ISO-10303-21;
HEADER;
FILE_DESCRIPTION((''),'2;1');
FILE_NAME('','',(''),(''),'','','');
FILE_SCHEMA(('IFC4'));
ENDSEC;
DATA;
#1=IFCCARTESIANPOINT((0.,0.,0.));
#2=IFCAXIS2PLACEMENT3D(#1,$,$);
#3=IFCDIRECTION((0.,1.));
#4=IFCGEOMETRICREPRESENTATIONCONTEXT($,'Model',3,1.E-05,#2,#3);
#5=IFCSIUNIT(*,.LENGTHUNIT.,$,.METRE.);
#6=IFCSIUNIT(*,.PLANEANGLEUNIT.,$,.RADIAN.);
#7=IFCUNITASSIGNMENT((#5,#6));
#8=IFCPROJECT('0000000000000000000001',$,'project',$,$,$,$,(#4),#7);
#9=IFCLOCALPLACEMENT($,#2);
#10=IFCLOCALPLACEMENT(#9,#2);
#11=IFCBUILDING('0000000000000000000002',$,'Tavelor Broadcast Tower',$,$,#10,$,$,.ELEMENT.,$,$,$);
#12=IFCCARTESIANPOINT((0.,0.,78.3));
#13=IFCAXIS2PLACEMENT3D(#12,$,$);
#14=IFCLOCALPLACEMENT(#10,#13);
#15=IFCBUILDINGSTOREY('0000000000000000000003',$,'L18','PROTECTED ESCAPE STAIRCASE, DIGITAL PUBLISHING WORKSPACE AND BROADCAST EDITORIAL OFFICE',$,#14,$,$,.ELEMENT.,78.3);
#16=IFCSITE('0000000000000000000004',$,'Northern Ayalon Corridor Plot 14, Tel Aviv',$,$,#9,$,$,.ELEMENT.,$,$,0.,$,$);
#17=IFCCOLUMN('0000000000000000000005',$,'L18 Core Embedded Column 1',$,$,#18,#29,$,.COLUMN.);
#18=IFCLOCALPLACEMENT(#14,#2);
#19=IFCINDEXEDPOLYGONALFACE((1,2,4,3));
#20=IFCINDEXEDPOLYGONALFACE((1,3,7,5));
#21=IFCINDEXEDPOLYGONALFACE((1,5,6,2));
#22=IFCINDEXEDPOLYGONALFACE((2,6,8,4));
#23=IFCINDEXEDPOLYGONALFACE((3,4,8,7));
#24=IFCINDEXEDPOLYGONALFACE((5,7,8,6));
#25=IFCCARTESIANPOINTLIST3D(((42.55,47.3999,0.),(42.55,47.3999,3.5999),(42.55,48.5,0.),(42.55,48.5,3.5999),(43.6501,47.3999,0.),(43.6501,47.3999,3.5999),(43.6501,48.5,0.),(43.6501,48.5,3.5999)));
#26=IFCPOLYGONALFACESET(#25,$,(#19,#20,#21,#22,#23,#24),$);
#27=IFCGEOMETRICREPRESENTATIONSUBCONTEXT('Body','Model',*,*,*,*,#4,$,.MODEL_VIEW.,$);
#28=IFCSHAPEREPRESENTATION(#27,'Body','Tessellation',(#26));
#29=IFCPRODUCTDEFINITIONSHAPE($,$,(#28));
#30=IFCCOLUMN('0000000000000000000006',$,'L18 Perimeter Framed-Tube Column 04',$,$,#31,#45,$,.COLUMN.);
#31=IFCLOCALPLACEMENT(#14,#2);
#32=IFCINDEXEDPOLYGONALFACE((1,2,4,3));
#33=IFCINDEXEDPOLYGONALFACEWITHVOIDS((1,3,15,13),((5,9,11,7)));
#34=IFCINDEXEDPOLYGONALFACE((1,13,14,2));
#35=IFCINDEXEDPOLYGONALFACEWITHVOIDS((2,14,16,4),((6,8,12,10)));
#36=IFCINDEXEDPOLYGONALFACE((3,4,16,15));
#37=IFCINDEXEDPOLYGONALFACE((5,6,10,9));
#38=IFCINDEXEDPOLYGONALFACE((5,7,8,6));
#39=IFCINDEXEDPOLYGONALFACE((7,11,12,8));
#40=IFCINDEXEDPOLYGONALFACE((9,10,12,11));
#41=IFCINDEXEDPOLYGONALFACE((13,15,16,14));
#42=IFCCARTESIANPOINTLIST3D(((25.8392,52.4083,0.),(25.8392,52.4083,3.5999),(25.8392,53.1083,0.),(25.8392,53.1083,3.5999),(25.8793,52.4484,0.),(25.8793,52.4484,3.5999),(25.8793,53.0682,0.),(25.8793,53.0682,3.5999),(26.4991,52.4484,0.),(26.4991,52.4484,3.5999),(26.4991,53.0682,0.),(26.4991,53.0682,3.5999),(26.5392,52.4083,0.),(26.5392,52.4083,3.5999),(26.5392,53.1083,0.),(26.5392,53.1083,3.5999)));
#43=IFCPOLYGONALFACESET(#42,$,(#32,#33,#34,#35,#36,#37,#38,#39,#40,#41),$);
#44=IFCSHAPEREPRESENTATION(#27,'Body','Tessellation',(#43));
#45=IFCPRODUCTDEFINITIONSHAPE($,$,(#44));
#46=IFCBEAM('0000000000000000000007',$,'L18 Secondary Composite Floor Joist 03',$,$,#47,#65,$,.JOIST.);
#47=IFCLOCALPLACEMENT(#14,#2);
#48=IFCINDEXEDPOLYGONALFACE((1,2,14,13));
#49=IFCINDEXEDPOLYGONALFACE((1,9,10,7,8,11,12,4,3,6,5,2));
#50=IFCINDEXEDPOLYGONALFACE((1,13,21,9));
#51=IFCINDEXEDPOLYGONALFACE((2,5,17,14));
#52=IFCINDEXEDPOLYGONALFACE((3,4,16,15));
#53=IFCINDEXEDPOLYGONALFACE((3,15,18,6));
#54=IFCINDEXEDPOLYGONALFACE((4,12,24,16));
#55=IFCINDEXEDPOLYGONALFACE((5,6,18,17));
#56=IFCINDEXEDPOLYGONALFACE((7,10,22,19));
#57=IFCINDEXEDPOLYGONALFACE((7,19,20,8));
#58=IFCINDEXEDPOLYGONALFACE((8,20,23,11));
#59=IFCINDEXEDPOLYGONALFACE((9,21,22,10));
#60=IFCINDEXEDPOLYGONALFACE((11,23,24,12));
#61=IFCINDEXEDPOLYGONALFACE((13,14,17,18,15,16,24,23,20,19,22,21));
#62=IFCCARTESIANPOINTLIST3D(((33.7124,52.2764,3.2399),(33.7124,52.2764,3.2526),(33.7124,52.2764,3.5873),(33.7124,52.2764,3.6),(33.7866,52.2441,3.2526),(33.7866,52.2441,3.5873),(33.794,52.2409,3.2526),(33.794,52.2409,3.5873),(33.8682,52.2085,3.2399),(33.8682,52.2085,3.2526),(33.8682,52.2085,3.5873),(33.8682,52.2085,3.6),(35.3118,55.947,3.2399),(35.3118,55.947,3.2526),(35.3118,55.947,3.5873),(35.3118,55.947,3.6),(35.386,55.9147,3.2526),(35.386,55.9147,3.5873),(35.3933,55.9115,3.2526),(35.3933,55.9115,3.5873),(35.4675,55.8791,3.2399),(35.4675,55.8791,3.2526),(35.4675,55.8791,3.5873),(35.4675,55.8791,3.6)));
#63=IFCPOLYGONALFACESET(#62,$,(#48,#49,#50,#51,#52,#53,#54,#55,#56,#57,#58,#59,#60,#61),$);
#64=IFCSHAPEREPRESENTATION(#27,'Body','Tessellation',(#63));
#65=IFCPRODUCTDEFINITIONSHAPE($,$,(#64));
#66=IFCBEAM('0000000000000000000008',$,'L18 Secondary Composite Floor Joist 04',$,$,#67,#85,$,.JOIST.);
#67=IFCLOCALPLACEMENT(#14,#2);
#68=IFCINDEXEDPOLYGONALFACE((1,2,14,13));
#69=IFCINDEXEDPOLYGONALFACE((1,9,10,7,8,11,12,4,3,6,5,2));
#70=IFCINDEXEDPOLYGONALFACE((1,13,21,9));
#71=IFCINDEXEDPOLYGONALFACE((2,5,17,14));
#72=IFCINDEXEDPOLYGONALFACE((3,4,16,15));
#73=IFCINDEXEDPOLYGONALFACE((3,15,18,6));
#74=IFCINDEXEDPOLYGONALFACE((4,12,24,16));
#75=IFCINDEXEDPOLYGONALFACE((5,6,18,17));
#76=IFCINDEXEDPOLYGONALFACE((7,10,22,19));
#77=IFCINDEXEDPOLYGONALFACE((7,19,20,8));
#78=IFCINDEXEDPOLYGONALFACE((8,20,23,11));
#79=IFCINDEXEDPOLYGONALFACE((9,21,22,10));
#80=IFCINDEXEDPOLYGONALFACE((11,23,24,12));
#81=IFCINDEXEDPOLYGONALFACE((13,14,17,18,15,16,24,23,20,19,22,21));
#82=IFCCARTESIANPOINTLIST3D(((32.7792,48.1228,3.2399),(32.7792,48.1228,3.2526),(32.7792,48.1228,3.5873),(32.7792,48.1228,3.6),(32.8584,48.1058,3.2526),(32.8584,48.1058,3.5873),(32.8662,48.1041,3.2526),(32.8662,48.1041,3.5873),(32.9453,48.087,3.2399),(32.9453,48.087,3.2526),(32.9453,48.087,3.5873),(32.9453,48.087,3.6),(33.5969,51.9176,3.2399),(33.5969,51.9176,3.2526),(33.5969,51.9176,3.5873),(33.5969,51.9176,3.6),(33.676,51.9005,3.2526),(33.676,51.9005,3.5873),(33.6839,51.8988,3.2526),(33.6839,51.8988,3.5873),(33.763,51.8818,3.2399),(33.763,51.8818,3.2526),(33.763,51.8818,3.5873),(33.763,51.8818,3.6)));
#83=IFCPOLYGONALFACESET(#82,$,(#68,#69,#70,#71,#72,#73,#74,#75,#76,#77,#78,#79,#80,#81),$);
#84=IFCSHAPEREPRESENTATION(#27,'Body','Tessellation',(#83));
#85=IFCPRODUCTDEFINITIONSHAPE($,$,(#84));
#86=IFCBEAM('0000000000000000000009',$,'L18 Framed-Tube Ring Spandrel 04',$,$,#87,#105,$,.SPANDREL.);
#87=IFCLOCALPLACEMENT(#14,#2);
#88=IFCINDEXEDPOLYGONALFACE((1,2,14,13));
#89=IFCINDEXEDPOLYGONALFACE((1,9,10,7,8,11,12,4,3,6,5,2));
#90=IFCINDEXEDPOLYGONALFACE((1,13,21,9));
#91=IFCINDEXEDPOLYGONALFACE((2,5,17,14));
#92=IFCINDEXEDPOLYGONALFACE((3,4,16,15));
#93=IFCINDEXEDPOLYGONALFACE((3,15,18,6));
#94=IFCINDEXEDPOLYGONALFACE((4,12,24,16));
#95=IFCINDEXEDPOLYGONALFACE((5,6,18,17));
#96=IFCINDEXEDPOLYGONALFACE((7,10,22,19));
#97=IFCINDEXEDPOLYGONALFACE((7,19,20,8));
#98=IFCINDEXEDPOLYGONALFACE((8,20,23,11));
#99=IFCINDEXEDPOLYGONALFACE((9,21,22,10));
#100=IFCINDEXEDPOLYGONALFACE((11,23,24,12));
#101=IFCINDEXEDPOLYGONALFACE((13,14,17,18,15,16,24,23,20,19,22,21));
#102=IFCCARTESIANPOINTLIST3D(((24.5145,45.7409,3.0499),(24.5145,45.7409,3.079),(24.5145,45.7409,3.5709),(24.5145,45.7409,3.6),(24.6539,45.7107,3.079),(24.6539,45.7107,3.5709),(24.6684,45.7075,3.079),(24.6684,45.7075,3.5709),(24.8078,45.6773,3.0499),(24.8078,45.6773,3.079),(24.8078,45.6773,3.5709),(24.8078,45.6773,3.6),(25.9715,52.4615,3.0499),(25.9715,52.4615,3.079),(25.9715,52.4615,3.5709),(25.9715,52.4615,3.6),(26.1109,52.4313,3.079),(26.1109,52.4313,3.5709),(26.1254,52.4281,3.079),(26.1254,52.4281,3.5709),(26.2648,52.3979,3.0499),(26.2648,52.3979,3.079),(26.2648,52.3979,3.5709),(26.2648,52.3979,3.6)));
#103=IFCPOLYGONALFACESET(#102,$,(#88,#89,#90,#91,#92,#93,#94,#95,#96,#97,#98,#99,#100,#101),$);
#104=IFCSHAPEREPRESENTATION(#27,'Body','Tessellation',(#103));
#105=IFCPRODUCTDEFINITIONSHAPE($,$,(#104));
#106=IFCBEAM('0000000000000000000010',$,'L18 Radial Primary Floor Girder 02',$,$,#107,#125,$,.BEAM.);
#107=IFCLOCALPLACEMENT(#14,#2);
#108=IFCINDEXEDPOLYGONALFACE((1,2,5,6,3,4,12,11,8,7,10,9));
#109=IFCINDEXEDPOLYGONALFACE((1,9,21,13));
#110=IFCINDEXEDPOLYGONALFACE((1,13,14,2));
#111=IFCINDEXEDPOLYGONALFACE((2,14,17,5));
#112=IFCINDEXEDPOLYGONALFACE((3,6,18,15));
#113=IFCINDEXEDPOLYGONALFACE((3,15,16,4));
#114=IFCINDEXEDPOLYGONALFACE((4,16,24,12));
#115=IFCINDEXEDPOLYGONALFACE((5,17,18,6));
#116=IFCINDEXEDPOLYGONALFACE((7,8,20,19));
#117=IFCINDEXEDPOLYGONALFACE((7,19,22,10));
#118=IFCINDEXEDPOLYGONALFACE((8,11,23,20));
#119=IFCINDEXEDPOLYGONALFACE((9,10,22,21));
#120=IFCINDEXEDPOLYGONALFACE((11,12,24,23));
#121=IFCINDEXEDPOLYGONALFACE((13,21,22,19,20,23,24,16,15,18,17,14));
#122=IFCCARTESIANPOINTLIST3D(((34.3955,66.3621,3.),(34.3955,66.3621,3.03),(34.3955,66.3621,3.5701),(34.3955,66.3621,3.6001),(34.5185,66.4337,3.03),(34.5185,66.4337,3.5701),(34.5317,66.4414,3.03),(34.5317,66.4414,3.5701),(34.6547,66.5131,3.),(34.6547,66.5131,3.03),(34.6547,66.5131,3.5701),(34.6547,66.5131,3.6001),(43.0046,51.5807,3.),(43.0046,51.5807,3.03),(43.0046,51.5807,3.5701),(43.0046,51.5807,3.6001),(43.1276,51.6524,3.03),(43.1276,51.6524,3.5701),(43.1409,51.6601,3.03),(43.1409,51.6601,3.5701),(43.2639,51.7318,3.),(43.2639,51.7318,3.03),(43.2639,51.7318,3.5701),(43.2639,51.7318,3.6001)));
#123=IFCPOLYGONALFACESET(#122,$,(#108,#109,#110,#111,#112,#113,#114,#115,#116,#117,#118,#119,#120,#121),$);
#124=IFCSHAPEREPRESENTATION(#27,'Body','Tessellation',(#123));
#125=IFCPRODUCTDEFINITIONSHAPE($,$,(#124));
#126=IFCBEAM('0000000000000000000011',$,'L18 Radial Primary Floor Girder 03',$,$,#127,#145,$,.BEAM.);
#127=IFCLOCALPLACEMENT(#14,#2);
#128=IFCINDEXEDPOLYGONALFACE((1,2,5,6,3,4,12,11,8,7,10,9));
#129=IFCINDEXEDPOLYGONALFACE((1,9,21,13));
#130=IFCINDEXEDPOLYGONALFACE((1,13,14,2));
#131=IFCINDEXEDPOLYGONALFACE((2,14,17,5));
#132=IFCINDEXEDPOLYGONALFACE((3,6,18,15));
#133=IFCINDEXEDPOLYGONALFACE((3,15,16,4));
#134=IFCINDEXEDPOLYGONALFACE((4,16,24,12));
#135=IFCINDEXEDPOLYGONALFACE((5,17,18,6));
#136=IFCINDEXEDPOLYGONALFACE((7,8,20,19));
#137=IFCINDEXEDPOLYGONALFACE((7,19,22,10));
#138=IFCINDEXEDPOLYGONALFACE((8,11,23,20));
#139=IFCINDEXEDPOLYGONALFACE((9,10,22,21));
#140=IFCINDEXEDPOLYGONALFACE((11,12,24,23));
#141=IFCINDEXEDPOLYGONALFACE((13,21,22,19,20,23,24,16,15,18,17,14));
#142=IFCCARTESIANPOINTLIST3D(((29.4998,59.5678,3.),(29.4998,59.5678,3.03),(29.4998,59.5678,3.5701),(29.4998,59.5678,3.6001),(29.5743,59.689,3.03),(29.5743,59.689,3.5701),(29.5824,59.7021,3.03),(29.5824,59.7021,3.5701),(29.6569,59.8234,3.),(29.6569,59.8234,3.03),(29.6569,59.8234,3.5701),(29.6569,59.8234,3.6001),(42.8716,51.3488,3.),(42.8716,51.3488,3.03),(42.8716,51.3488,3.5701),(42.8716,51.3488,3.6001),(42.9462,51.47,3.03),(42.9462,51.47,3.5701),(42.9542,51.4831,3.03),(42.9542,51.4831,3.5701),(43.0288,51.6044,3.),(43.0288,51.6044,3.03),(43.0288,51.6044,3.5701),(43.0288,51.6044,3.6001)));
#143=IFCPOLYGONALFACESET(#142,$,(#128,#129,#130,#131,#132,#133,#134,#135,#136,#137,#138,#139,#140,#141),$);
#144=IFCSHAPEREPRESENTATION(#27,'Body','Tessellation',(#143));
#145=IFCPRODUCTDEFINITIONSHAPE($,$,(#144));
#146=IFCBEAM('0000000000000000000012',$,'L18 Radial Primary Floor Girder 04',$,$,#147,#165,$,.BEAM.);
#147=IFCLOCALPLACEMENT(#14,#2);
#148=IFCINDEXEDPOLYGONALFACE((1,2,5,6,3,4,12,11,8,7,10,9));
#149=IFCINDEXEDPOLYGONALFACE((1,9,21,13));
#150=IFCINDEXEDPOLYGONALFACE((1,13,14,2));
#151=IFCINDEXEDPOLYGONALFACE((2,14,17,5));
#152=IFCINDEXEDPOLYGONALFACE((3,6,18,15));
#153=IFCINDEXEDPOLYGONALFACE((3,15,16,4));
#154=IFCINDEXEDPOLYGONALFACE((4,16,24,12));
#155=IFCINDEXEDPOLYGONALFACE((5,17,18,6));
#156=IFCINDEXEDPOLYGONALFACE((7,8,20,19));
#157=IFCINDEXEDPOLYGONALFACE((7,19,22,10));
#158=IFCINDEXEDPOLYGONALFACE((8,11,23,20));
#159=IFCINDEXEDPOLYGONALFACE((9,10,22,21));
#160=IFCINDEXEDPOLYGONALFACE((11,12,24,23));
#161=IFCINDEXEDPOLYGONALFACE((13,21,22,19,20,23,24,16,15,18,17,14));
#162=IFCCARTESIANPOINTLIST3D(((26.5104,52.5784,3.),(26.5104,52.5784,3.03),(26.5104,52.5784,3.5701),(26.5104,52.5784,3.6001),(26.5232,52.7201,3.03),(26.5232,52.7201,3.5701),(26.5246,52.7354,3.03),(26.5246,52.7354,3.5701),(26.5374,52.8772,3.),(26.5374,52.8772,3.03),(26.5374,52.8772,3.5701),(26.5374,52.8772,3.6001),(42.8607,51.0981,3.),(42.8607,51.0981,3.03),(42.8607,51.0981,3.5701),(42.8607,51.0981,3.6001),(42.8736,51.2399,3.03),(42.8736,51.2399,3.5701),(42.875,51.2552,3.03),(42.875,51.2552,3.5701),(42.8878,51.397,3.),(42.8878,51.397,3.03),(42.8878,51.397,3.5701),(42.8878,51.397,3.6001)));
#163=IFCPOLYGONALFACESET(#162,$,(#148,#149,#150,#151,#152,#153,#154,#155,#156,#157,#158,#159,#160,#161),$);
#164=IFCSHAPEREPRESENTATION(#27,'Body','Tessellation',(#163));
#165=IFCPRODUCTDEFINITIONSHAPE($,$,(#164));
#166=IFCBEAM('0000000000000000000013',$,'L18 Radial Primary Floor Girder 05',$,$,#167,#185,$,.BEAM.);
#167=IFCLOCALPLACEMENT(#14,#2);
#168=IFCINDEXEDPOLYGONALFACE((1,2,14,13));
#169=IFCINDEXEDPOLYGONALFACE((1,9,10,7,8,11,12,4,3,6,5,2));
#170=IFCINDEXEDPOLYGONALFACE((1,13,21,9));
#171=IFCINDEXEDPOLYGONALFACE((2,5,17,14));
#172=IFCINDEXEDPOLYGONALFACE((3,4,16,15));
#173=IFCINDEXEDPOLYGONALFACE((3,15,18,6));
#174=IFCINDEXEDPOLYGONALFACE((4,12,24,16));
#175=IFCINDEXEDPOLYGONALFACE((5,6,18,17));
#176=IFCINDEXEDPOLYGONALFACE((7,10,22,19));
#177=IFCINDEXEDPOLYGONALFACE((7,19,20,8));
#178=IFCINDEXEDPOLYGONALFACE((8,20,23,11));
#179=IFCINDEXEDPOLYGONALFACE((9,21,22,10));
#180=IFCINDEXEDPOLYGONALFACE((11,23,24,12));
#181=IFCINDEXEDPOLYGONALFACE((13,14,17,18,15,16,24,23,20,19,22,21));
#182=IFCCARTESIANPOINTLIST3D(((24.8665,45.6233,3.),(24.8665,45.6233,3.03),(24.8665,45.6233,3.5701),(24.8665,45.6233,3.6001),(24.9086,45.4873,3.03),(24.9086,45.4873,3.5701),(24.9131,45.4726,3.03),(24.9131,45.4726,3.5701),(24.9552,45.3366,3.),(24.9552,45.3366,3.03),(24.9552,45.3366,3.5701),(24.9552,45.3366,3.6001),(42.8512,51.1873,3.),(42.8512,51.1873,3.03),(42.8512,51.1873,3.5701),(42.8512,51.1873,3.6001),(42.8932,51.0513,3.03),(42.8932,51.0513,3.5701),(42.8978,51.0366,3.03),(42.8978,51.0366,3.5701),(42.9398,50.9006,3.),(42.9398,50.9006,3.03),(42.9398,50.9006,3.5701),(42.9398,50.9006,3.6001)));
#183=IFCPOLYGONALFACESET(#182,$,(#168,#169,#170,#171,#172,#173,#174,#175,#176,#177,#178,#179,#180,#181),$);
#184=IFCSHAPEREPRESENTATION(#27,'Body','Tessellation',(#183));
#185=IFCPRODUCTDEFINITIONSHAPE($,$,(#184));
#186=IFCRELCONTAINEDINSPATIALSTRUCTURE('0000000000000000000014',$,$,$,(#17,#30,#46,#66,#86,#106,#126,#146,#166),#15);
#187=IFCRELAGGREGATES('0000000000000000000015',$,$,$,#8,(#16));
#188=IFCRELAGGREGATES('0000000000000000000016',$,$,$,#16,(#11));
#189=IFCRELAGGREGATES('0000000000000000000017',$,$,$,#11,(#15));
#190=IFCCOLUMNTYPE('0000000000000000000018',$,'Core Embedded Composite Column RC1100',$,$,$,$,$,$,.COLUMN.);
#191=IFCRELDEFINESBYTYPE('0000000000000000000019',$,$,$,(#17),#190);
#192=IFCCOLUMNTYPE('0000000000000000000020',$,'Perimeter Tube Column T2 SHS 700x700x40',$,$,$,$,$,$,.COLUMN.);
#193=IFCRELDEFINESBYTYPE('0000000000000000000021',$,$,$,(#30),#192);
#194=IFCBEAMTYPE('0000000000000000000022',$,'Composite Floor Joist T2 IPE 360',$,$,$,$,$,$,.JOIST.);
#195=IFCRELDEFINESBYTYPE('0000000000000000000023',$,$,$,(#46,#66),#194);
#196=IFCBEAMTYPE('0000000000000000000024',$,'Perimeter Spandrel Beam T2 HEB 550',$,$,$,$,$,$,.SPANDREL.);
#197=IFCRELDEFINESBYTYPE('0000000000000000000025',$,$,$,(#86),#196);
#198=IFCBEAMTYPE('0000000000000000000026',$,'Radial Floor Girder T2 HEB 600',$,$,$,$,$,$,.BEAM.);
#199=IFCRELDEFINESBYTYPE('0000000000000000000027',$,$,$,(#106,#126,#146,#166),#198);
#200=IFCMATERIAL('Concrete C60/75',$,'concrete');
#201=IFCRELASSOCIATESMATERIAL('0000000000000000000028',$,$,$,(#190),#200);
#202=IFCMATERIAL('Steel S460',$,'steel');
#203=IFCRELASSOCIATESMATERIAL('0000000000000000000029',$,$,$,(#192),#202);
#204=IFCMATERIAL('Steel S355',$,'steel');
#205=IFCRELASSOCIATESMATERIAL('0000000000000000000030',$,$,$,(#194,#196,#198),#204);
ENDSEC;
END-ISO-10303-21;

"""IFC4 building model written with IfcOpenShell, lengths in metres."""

from ifc_helpers import new_model, si_unit, direction, frame, origin, origin_2d, place, context, subcontext, project, spatial, rectangle, hollow_rectangle, i_section, extrude, material, material_profile, profile_set, type_object, element, save


model = new_model("IFC4")

# Units and contexts
model_context = context("Model", 3, precision=1e-05, world=origin(), true_north=direction((0.0, 1.0)))
body_context = subcontext(model_context, "Body", "Model", "MODEL_VIEW")
ifc_project = project(units=[si_unit("LENGTHUNIT", "METRE"), si_unit("PLANEANGLEUNIT", "RADIAN")], contexts=[model_context])

# Site, building, storey
site_placement = place(None, origin())
site = spatial("IfcSite", under=ifc_project, at=site_placement, Name="Northern Ayalon Corridor Plot 14, Tel Aviv", CompositionType="ELEMENT", RefElevation=0.0)
building_placement = place(site_placement, origin())
building = spatial("IfcBuilding", under=site, at=building_placement, Name="Tavelor Broadcast Tower", CompositionType="ELEMENT")
storey_placement = place(building_placement, frame((0.0, 0.0, 78.3)))
storey = spatial("IfcBuildingStorey", under=building, at=storey_placement, Name="L18", Description="PROTECTED ESCAPE STAIRCASE, DIGITAL PUBLISHING WORKSPACE AND BROADCAST EDITORIAL OFFICE", CompositionType="ELEMENT", Elevation=78.3)

# Columns
ifc_material_1 = material(Name="Concrete C60/75", Category="concrete")
ifc_material_profile_1 = material_profile(ifc_material_1, rectangle(XDim=1.1001, YDim=1.1001, at=origin_2d()), Name="RC 1100x1100")
ifc_profile_set_1 = profile_set([ifc_material_profile_1], Name="Concrete C60/75")
column_type_1 = type_object("IfcColumnType", Name="Core Embedded Composite Column RC1100", PredefinedType="COLUMN", material=ifc_profile_set_1)
column_1_placement = place(storey_placement, frame((43.1001, 47.95, 0.0), z_axis=(0.0, 0.0, 1.0), x_axis=(1.0, 0.0, 0.0)))
element("IfcColumn", 1, at=column_1_placement, inside=storey, type_object=column_type_1, Name="L18 Core Embedded Column 1", PredefinedType="COLUMN", context=body_context, shape_type="SweptSolid", body=[
    extrude(rectangle(XDim=1.1001, YDim=1.1001, at=origin_2d()), origin(), (0.0, 0.0, 1.0), 3.5999),
])
ifc_material_2 = material(Name="Steel S460", Category="steel")
ifc_material_profile_2 = material_profile(ifc_material_2, hollow_rectangle(XDim=0.7, YDim=0.7, WallThickness=0.04, at=origin_2d()), Name="SHS 700x700x40")
ifc_profile_set_2 = profile_set([ifc_material_profile_2], Name="Steel S460")
column_type_2 = type_object("IfcColumnType", Name="Perimeter Tube Column T2 SHS 700x700x40", PredefinedType="COLUMN", material=ifc_profile_set_2)
column_2_placement = place(storey_placement, frame((26.1892, 52.7583, 0.0), z_axis=(0.0, 0.0, 1.0), x_axis=(1.0, 0.0, 0.0)))
element("IfcColumn", 2, at=column_2_placement, inside=storey, type_object=column_type_2, Name="L18 Perimeter Framed-Tube Column 04", PredefinedType="COLUMN", context=body_context, shape_type="SweptSolid", body=[
    extrude(hollow_rectangle(XDim=0.7, YDim=0.7, WallThickness=0.04, at=origin_2d()), origin(), (0.0, 0.0, 1.0), 3.5999),
])

# Beams
ifc_material_3 = material(Name="Steel S355", Category="steel")
ifc_material_profile_3 = material_profile(ifc_material_3, i_section(OverallWidth=0.1699, OverallDepth=0.3601, WebThickness=0.0081, FlangeThickness=0.0127, at=origin_2d()), Name="IPE 360")
ifc_profile_set_3 = profile_set([ifc_material_profile_3], Name="Steel S355")
beam_type_1 = type_object("IfcBeamType", Name="Composite Floor Joist T2 IPE 360", PredefinedType="JOIST", material=ifc_profile_set_3)
beam_1_placement = place(storey_placement, frame((35.3896, 55.9131, 3.4199), z_axis=(-0.399446, -0.916757, 0.0), x_axis=(0.916757, -0.399446, 0.0)))
element("IfcBeam", 3, at=beam_1_placement, inside=storey, type_object=beam_type_1, Name="L18 Secondary Composite Floor Joist 03", PredefinedType="JOIST", context=body_context, shape_type="SweptSolid", body=[
    extrude(i_section(OverallWidth=0.1699, OverallDepth=0.3601, WebThickness=0.0081, FlangeThickness=0.0127, at=origin_2d()), origin(), (0.0, 0.0, 1.0), 4.0039),
])
beam_2_placement = place(storey_placement, frame((33.6799, 51.8997, 3.4199), z_axis=(-0.210633, -0.977565, 0.0), x_axis=(0.977565, -0.210633, 0.0)))
element("IfcBeam", 4, at=beam_2_placement, inside=storey, type_object=beam_type_1, Name="L18 Secondary Composite Floor Joist 04", PredefinedType="JOIST", context=body_context, shape_type="SweptSolid", body=[
    extrude(i_section(OverallWidth=0.1699, OverallDepth=0.3601, WebThickness=0.0081, FlangeThickness=0.0127, at=origin_2d()), origin(), (0.0, 0.0, 1.0), 3.8818),
])
ifc_material_profile_4 = material_profile(ifc_material_3, i_section(OverallWidth=0.3, OverallDepth=0.55, WebThickness=0.0149, FlangeThickness=0.0291, at=origin_2d()), Name="HEB 550")
ifc_profile_set_4 = profile_set([ifc_material_profile_4], Name="Steel S355")
beam_type_2 = type_object("IfcBeamType", Name="Perimeter Spandrel Beam T2 HEB 550", PredefinedType="SPANDREL", material=ifc_profile_set_4)
beam_3_placement = place(storey_placement, frame((26.1182, 52.4297, 3.325), z_axis=(-0.211875, -0.977297, 0.0), x_axis=(0.977297, -0.211875, 0.0)))
element("IfcBeam", 5, at=beam_3_placement, inside=storey, type_object=beam_type_2, Name="L18 Framed-Tube Ring Spandrel 04", PredefinedType="SPANDREL", context=body_context, shape_type="SweptSolid", body=[
    extrude(i_section(OverallWidth=0.3, OverallDepth=0.55, WebThickness=0.0149, FlangeThickness=0.0291, at=origin_2d()), origin(), (0.0, 0.0, 1.0), 6.8767),
])
ifc_material_profile_5 = material_profile(ifc_material_3, i_section(OverallWidth=0.3, OverallDepth=0.6001, WebThickness=0.0154, FlangeThickness=0.03, at=origin_2d()), Name="HEB 600")
ifc_profile_set_5 = profile_set([ifc_material_profile_5], Name="Steel S355")
beam_type_3 = type_object("IfcBeamType", Name="Radial Floor Girder T2 HEB 600", PredefinedType="BEAM", material=ifc_profile_set_5)
beam_4_placement = place(storey_placement, frame((43.1343, 51.6562, 3.3), z_axis=(-0.503292, 0.864116, 0.0), x_axis=(-0.864116, -0.503292, 0.0)))
element("IfcBeam", 6, at=beam_4_placement, inside=storey, type_object=beam_type_3, Name="L18 Radial Primary Floor Girder 02", PredefinedType="BEAM", context=body_context, shape_type="SweptSolid", body=[
    extrude(i_section(OverallWidth=0.3, OverallDepth=0.6001, WebThickness=0.0154, FlangeThickness=0.03, at=origin_2d()), origin(), (0.0, 0.0, 1.0), 17.1057),
])
beam_5_placement = place(storey_placement, frame((42.9502, 51.4766, 3.3), z_axis=(-0.851938, 0.523643, 0.0), x_axis=(-0.523643, -0.851938, 0.0)))
element("IfcBeam", 7, at=beam_5_placement, inside=storey, type_object=beam_type_3, Name="L18 Radial Primary Floor Girder 03", PredefinedType="BEAM", context=body_context, shape_type="SweptSolid", body=[
    extrude(i_section(OverallWidth=0.3, OverallDepth=0.6001, WebThickness=0.0154, FlangeThickness=0.03, at=origin_2d()), origin(), (0.0, 0.0, 1.0), 15.6958),
])
beam_6_placement = place(storey_placement, frame((42.8743, 51.2476, 3.3), z_axis=(-0.995927, 0.090163, 0.0), x_axis=(-0.090163, -0.995927, 0.0)))
element("IfcBeam", 8, at=beam_6_placement, inside=storey, type_object=beam_type_3, Name="L18 Radial Primary Floor Girder 04", PredefinedType="BEAM", context=body_context, shape_type="SweptSolid", body=[
    extrude(i_section(OverallWidth=0.3, OverallDepth=0.6001, WebThickness=0.0154, FlangeThickness=0.03, at=origin_2d()), origin(), (0.0, 0.0, 1.0), 16.4172),
])
beam_7_placement = place(storey_placement, frame((42.8955, 51.0439, 3.3), z_axis=(-0.955326, -0.295553, 0.0), x_axis=(0.295553, -0.955326, 0.0)))
element("IfcBeam", 9, at=beam_7_placement, inside=storey, type_object=beam_type_3, Name="L18 Radial Primary Floor Girder 05", PredefinedType="BEAM", context=body_context, shape_type="SweptSolid", body=[
    extrude(i_section(OverallWidth=0.3, OverallDepth=0.6001, WebThickness=0.0154, FlangeThickness=0.03, at=origin_2d()), origin(), (0.0, 0.0, 1.0), 18.8257),
])

save(model, "model.ifc")
